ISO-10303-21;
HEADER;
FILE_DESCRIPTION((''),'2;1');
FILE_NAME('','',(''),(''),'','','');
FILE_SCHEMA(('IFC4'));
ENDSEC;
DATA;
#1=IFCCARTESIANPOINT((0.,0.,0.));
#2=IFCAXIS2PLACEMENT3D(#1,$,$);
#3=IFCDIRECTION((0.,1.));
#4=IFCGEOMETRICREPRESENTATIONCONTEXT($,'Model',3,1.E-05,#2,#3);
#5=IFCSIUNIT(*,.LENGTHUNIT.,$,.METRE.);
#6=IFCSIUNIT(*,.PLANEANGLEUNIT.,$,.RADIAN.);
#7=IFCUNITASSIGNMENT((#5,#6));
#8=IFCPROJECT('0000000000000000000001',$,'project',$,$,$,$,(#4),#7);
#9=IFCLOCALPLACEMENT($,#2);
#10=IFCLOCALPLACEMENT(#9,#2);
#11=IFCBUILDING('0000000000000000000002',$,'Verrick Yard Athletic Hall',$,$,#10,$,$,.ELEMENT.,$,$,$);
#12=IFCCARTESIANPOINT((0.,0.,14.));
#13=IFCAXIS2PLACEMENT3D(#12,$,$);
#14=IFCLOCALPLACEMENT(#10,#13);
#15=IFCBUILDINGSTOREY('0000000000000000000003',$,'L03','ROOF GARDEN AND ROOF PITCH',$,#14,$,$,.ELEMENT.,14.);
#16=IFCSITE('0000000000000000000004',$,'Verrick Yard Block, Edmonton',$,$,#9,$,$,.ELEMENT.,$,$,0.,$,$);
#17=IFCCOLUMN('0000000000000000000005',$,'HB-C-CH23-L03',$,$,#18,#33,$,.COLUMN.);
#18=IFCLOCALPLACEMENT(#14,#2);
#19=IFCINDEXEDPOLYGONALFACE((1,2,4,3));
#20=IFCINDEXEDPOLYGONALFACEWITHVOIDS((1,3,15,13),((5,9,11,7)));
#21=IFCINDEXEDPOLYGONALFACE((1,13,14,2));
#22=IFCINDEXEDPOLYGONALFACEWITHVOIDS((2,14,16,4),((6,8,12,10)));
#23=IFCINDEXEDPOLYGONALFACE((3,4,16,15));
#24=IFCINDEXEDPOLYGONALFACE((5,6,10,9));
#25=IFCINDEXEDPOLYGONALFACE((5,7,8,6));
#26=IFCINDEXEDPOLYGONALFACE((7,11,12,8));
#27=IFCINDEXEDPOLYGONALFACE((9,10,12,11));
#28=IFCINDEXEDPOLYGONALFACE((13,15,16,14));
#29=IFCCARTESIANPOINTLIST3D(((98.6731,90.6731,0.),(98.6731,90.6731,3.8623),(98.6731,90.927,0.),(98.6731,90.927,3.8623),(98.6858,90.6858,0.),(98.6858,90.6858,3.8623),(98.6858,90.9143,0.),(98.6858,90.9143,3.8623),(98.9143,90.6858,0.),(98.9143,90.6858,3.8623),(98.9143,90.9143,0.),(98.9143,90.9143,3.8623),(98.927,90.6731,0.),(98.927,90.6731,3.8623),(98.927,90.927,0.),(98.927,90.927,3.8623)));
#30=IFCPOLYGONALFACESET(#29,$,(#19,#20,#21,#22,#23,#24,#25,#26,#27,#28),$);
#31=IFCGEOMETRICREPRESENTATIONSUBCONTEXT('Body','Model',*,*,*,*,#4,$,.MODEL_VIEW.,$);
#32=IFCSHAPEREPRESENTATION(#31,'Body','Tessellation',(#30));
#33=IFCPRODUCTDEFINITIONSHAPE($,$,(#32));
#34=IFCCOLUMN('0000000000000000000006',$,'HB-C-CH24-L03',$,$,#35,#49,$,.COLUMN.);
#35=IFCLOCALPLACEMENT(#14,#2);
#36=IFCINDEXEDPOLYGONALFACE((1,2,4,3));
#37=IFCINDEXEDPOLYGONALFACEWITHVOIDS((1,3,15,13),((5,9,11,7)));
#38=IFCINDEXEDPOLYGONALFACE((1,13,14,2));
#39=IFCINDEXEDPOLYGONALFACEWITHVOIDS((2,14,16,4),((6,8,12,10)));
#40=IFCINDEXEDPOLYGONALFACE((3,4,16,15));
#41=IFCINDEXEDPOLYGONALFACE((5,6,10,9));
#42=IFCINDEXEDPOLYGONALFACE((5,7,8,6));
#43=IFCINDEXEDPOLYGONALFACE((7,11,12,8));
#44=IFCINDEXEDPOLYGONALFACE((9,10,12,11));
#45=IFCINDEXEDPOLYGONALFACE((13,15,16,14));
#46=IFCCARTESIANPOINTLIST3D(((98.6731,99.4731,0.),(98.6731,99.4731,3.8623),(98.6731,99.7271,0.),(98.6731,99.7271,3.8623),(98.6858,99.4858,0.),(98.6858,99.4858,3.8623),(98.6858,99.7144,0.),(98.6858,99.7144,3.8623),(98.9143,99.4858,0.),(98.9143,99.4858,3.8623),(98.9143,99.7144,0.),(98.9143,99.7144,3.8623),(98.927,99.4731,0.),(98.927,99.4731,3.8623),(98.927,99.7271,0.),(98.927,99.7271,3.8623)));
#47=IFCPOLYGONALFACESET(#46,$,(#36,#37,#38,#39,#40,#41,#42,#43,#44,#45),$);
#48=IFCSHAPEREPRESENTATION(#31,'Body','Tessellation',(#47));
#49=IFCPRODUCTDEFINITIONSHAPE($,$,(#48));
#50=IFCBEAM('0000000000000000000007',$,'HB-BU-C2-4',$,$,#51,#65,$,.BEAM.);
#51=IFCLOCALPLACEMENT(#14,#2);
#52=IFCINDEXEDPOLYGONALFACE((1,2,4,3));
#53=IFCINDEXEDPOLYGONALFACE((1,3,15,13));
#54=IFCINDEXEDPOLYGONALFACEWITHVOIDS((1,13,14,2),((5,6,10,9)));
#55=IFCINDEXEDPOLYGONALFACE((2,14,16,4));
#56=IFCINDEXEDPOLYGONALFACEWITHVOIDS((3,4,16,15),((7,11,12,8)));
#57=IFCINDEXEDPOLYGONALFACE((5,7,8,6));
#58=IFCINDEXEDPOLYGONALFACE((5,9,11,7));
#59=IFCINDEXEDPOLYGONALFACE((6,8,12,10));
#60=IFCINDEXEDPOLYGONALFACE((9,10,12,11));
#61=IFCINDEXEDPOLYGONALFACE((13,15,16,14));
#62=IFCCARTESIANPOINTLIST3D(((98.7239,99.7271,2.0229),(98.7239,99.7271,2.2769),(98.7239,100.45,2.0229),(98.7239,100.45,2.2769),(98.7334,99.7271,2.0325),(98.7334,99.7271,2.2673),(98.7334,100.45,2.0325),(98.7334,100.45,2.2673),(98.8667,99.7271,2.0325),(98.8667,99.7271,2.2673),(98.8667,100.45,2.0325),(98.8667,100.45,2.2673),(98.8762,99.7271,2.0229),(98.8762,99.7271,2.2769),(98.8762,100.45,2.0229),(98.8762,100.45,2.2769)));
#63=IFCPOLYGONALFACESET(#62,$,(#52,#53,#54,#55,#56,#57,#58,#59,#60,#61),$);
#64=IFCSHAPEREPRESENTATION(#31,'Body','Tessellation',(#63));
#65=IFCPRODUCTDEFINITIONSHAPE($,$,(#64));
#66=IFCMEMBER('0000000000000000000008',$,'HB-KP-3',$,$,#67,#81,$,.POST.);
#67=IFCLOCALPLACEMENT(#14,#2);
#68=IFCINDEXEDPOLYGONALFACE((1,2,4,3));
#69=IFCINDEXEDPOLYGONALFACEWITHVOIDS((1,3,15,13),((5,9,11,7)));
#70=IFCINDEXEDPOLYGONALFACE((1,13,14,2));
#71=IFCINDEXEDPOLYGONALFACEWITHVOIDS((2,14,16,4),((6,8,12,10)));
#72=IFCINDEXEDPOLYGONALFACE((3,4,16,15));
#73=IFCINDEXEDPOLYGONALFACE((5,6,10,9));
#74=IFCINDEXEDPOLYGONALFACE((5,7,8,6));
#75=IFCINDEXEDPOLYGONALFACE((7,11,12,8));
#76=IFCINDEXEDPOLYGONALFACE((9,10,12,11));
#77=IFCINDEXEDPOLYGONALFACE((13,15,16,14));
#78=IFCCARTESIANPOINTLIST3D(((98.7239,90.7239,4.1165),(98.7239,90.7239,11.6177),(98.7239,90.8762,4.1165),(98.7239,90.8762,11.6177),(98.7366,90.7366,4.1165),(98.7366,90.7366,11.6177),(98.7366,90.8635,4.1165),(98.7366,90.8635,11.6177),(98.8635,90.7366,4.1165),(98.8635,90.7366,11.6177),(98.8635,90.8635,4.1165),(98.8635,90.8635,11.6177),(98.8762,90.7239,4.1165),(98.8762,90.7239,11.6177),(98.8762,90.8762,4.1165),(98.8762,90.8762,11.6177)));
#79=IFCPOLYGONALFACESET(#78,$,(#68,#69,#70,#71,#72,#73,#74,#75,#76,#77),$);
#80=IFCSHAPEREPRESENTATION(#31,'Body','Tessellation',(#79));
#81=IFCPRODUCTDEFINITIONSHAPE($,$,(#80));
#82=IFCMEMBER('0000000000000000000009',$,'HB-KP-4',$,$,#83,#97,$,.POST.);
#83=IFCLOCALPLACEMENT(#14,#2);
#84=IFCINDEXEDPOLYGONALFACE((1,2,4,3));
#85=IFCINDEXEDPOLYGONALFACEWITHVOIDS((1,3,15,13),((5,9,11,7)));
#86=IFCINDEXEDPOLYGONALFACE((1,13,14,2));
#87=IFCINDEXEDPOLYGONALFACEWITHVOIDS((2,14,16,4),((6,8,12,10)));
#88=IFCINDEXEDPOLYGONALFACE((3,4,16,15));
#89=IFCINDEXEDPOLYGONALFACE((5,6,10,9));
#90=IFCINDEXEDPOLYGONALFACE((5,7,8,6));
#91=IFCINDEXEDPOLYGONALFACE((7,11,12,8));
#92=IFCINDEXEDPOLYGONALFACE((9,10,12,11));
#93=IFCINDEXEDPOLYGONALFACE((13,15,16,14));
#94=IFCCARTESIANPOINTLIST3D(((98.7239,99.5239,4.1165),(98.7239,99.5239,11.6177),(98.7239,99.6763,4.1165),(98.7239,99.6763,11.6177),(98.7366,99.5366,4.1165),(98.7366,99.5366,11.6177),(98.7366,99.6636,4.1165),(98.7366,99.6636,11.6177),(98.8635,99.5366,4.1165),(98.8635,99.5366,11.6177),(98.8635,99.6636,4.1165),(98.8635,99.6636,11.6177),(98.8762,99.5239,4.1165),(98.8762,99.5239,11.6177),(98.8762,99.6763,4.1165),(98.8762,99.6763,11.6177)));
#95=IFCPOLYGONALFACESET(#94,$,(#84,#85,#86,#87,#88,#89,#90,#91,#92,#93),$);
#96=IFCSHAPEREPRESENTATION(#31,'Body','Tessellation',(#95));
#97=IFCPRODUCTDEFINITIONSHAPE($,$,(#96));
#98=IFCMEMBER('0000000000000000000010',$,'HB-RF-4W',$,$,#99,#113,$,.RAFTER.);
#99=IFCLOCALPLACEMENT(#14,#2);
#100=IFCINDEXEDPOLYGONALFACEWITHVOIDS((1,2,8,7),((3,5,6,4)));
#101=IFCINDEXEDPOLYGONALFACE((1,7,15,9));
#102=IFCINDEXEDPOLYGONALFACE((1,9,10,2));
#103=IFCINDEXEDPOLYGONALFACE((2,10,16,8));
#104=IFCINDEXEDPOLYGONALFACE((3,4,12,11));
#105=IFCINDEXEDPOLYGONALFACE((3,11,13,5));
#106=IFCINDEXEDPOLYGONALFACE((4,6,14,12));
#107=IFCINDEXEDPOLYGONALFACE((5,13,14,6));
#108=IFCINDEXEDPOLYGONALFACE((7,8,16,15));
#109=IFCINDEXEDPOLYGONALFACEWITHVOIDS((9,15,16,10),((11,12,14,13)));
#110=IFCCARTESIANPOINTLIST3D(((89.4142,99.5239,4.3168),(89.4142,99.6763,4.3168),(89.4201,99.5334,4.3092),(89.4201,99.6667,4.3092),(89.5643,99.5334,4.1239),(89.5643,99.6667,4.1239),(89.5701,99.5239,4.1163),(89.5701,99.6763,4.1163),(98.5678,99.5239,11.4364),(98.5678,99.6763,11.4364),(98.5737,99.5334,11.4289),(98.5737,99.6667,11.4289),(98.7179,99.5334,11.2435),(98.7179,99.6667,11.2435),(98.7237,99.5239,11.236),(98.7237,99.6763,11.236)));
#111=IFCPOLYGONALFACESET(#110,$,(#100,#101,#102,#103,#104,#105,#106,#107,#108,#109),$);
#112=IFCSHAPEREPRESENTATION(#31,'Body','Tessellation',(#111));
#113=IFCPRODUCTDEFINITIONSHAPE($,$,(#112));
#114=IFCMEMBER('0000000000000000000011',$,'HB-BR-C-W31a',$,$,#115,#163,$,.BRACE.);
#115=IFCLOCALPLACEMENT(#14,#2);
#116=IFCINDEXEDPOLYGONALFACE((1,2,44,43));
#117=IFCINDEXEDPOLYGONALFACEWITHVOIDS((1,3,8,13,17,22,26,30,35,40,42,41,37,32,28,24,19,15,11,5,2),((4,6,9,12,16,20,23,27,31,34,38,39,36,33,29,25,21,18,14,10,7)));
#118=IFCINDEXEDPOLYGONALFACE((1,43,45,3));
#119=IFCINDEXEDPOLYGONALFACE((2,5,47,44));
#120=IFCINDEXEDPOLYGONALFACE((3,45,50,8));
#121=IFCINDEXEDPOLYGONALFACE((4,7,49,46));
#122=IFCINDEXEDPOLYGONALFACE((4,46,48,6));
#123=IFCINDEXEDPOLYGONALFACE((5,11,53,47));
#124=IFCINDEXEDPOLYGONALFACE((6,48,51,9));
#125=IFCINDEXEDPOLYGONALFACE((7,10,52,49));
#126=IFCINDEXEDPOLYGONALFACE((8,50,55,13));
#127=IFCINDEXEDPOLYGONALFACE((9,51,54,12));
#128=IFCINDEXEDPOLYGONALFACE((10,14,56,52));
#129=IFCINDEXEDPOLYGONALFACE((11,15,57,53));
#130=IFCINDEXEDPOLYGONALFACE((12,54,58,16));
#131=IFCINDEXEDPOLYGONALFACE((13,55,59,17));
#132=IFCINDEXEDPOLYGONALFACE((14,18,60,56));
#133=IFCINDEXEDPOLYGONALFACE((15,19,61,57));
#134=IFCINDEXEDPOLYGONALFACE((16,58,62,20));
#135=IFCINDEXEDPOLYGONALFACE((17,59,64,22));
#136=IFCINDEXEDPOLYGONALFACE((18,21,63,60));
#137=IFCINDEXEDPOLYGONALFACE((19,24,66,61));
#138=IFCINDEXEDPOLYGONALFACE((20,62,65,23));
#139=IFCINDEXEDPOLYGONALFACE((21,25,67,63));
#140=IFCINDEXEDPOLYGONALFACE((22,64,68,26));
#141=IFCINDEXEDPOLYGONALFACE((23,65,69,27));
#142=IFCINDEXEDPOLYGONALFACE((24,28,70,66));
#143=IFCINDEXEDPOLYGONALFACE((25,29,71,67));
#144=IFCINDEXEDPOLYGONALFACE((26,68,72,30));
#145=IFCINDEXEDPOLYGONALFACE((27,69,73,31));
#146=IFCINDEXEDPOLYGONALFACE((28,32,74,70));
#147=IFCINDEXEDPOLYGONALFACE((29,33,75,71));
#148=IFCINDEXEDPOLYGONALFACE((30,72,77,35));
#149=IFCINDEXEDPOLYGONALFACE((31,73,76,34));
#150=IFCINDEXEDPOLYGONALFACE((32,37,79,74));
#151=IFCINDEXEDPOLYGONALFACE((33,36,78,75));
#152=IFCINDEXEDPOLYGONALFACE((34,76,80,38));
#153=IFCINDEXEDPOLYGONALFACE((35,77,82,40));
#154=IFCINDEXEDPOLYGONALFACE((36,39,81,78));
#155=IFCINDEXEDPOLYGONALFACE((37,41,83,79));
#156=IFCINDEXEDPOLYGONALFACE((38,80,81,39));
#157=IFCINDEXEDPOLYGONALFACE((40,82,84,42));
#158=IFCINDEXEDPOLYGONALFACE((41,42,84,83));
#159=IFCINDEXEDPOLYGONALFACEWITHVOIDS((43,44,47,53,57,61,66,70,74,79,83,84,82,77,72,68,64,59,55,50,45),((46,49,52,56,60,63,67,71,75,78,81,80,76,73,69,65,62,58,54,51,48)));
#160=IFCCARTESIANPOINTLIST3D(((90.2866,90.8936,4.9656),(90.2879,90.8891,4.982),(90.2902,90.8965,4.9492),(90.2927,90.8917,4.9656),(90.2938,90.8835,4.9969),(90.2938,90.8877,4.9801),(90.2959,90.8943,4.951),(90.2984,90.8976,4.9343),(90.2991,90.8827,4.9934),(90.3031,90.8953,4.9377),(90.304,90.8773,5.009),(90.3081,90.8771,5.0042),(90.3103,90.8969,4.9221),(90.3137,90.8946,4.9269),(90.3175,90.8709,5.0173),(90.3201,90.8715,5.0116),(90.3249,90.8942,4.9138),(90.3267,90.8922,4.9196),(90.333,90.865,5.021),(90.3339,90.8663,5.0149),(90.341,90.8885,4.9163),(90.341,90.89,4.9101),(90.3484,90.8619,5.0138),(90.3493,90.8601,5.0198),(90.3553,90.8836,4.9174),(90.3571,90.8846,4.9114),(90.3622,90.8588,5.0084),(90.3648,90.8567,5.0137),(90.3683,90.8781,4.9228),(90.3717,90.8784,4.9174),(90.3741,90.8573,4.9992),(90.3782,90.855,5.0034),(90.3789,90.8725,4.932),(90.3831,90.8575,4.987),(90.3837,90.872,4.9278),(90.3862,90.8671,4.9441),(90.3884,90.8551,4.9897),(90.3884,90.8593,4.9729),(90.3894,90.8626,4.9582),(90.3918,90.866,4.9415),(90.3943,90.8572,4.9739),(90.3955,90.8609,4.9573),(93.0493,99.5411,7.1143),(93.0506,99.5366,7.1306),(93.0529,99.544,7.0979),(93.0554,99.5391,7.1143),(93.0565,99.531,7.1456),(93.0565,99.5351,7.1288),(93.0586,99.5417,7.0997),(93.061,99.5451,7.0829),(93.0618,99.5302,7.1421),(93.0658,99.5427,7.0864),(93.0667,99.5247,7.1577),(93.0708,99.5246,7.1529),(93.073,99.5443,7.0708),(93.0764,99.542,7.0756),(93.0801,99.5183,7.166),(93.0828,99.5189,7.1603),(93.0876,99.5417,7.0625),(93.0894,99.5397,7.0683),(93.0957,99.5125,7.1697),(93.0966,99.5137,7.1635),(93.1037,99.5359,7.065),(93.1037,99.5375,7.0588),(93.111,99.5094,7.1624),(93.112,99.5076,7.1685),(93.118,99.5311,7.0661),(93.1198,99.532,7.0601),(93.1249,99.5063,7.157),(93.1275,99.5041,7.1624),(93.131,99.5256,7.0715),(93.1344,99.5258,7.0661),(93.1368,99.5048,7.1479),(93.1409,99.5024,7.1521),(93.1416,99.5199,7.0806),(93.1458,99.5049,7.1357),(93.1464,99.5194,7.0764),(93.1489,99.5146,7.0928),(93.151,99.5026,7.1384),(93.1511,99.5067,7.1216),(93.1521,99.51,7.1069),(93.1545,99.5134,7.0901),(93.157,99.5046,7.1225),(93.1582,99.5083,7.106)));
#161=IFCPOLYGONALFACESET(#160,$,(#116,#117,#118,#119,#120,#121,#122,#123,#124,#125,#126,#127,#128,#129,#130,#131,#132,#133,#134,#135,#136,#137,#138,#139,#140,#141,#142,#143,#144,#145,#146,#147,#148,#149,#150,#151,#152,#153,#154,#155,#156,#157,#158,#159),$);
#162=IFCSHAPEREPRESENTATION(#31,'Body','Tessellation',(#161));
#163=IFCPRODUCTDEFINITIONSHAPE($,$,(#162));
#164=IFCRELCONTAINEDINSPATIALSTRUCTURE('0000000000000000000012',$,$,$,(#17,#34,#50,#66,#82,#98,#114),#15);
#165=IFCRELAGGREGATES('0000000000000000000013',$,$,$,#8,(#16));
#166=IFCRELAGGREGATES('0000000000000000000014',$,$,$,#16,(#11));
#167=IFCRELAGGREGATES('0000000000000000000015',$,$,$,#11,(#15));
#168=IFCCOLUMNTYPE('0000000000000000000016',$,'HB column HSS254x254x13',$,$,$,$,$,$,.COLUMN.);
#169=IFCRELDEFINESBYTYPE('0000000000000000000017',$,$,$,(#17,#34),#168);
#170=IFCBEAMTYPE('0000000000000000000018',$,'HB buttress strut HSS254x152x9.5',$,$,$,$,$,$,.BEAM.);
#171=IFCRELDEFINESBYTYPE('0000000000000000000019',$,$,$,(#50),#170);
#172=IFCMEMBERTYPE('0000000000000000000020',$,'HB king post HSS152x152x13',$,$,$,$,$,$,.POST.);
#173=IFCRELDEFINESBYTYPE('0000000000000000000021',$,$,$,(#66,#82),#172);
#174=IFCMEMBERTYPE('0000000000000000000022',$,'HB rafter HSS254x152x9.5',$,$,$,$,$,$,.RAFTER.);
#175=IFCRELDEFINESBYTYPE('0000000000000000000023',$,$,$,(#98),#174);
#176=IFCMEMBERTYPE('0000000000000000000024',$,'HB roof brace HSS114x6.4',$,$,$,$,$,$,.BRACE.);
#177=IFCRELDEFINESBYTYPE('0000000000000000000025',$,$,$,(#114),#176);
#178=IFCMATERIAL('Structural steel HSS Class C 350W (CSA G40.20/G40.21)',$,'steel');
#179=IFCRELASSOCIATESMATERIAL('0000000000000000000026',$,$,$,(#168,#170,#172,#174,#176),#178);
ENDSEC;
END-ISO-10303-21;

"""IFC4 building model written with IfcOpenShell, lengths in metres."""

from ifc_helpers import new_model, si_unit, direction, frame, origin, origin_2d, place, context, subcontext, project, spatial, hollow_rectangle, hollow_circle, extrude, material, material_profile, profile_set, type_object, element, save


model = new_model("IFC4")

# Units and contexts
model_context = context("Model", 3, precision=1e-05, world=origin(), true_north=direction((0.0, 1.0)))
body_context = subcontext(model_context, "Body", "Model", "MODEL_VIEW")
ifc_project = project(units=[si_unit("LENGTHUNIT", "METRE"), si_unit("PLANEANGLEUNIT", "RADIAN")], contexts=[model_context])

# Site, building, storey
site_placement = place(None, origin())
site = spatial("IfcSite", under=ifc_project, at=site_placement, Name="Verrick Yard Block, Edmonton", CompositionType="ELEMENT", RefElevation=0.0)
building_placement = place(site_placement, origin())
building = spatial("IfcBuilding", under=site, at=building_placement, Name="Verrick Yard Athletic Hall", CompositionType="ELEMENT")
storey_placement = place(building_placement, frame((0.0, 0.0, 14.0)))
storey = spatial("IfcBuildingStorey", under=building, at=storey_placement, Name="L03", Description="ROOF GARDEN AND ROOF PITCH", CompositionType="ELEMENT", Elevation=14.0)

# Columns
ifc_material_1 = material(Name="Structural steel HSS Class C 350W (CSA G40.20/G40.21)", Category="steel")
ifc_material_profile_1 = material_profile(ifc_material_1, hollow_rectangle(XDim=0.2539, YDim=0.2539, WallThickness=0.0127, at=origin_2d()), Name="HSS254x254x13")
ifc_profile_set_1 = profile_set([ifc_material_profile_1], Name="Structural steel HSS Class C 350W (CSA G40.20/G40.21)")
column_type = type_object("IfcColumnType", Name="HB column HSS254x254x13", PredefinedType="COLUMN", material=ifc_profile_set_1)
for number, where, z_axis, x_axis, name in (
    (1, (98.8, 90.8, 0.0), (0.0, 0.0, 1.0), (1.0, 0.0, 0.0), "HB-C-CH23-L03"),
    (2, (98.8, 99.6001, 0.0), (0.0, 0.0, 1.0), (1.0, 0.0, 0.0), "HB-C-CH24-L03"),
):
    element("IfcColumn", number, at=place(storey_placement, frame(where, z_axis=z_axis, x_axis=x_axis)), inside=storey, type_object=column_type, Name=name, PredefinedType="COLUMN", context=body_context, shape_type="SweptSolid", body=[
        extrude(hollow_rectangle(XDim=0.2539, YDim=0.2539, WallThickness=0.0127, at=origin_2d()), origin(), (0.0, 0.0, 1.0), 3.8623),
    ])

# Beam
ifc_material_profile_2 = material_profile(ifc_material_1, hollow_rectangle(XDim=0.1523, YDim=0.2539, WallThickness=0.0095, at=origin_2d()), Name="HSS254x152x9.5")
ifc_profile_set_2 = profile_set([ifc_material_profile_2], Name="Structural steel HSS Class C 350W (CSA G40.20/G40.21)")
beam_type = type_object("IfcBeamType", Name="HB buttress strut HSS254x152x9.5", PredefinedType="BEAM", material=ifc_profile_set_2)
beam_placement = place(storey_placement, frame((98.8, 99.7271, 2.1499), z_axis=(0.0, 1.0, 0.0), x_axis=(-1.0, 0.0, 0.0)))
element("IfcBeam", 3, at=beam_placement, inside=storey, type_object=beam_type, Name="HB-BU-C2-4", PredefinedType="BEAM", context=body_context, shape_type="SweptSolid", body=[
    extrude(hollow_rectangle(XDim=0.1523, YDim=0.2539, WallThickness=0.0095, at=origin_2d()), origin(), (0.0, 0.0, 1.0), 0.7229),
])

# Members
ifc_material_profile_3 = material_profile(ifc_material_1, hollow_rectangle(XDim=0.1523, YDim=0.1523, WallThickness=0.0127, at=origin_2d()), Name="HSS152x152x13")
ifc_profile_set_3 = profile_set([ifc_material_profile_3], Name="Structural steel HSS Class C 350W (CSA G40.20/G40.21)")
member_type_1 = type_object("IfcMemberType", Name="HB king post HSS152x152x13", PredefinedType="POST", material=ifc_profile_set_3)
for number, where, z_axis, x_axis, name in (
    (4, (98.8, 90.8, 4.1165), (0.0, 0.0, 1.0), (0.0, 1.0, 0.0), "HB-KP-3"),
    (5, (98.8, 99.6001, 4.1165), (0.0, 0.0, 1.0), (0.0, 1.0, 0.0), "HB-KP-4"),
):
    element("IfcMember", number, at=place(storey_placement, frame(where, z_axis=z_axis, x_axis=x_axis)), inside=storey, type_object=member_type_1, Name=name, PredefinedType="POST", context=body_context, shape_type="SweptSolid", body=[
        extrude(hollow_rectangle(XDim=0.1523, YDim=0.1523, WallThickness=0.0127, at=origin_2d()), origin(), (0.0, 0.0, 1.0), 7.5012),
    ])
ifc_material_profile_4 = material_profile(ifc_material_1, hollow_rectangle(XDim=0.1523, YDim=0.2539, WallThickness=0.0095, at=origin_2d()), Name="HSS254x152x9.5")
ifc_profile_set_4 = profile_set([ifc_material_profile_4], Name="Structural steel HSS Class C 350W (CSA G40.20/G40.21)")
member_type_2 = type_object("IfcMemberType", Name="HB rafter HSS254x152x9.5", PredefinedType="RAFTER", material=ifc_profile_set_4)
member_1_placement = place(storey_placement, frame((89.4922, 99.6001, 4.2166), z_axis=(0.789344, 0.0, 0.613951), x_axis=(0.0, 1.0, 0.0)))
element("IfcMember", 6, at=member_1_placement, inside=storey, type_object=member_type_2, Name="HB-RF-4W", PredefinedType="RAFTER", context=body_context, shape_type="SweptSolid", body=[
    extrude(hollow_rectangle(XDim=0.1523, YDim=0.2539, WallThickness=0.0095, at=origin_2d()), origin(), (0.0, 0.0, 1.0), 11.5964),
])
ifc_material_profile_5 = material_profile(ifc_material_1, hollow_circle(Radius=0.0571, WallThickness=0.0063, at=origin_2d()), Name="HSS114x6.4")
ifc_profile_set_5 = profile_set([ifc_material_profile_5], Name="Structural steel HSS Class C 350W (CSA G40.20/G40.21)")
member_type_3 = type_object("IfcMemberType", Name="HB roof brace HSS114x6.4", PredefinedType="BRACE", material=ifc_profile_set_5)
for number, where, z_axis, x_axis, name in (
    (7, (90.3411, 90.8762, 4.9656), (0.296145, 0.926957, 0.230326), (-0.952568, 0.304327, 0.0), "HB-BR-C-W31a"),
):
    element("IfcMember", number, at=place(storey_placement, frame(where, z_axis=z_axis, x_axis=x_axis)), inside=storey, type_object=member_type_3, Name=name, PredefinedType="BRACE", context=body_context, shape_type="SweptSolid", body=[
        extrude(hollow_circle(Radius=0.0571, WallThickness=0.0063, at=origin_2d()), origin(), (0.0, 0.0, 1.0), 9.3289),
    ])

save(model, "model.ifc")
